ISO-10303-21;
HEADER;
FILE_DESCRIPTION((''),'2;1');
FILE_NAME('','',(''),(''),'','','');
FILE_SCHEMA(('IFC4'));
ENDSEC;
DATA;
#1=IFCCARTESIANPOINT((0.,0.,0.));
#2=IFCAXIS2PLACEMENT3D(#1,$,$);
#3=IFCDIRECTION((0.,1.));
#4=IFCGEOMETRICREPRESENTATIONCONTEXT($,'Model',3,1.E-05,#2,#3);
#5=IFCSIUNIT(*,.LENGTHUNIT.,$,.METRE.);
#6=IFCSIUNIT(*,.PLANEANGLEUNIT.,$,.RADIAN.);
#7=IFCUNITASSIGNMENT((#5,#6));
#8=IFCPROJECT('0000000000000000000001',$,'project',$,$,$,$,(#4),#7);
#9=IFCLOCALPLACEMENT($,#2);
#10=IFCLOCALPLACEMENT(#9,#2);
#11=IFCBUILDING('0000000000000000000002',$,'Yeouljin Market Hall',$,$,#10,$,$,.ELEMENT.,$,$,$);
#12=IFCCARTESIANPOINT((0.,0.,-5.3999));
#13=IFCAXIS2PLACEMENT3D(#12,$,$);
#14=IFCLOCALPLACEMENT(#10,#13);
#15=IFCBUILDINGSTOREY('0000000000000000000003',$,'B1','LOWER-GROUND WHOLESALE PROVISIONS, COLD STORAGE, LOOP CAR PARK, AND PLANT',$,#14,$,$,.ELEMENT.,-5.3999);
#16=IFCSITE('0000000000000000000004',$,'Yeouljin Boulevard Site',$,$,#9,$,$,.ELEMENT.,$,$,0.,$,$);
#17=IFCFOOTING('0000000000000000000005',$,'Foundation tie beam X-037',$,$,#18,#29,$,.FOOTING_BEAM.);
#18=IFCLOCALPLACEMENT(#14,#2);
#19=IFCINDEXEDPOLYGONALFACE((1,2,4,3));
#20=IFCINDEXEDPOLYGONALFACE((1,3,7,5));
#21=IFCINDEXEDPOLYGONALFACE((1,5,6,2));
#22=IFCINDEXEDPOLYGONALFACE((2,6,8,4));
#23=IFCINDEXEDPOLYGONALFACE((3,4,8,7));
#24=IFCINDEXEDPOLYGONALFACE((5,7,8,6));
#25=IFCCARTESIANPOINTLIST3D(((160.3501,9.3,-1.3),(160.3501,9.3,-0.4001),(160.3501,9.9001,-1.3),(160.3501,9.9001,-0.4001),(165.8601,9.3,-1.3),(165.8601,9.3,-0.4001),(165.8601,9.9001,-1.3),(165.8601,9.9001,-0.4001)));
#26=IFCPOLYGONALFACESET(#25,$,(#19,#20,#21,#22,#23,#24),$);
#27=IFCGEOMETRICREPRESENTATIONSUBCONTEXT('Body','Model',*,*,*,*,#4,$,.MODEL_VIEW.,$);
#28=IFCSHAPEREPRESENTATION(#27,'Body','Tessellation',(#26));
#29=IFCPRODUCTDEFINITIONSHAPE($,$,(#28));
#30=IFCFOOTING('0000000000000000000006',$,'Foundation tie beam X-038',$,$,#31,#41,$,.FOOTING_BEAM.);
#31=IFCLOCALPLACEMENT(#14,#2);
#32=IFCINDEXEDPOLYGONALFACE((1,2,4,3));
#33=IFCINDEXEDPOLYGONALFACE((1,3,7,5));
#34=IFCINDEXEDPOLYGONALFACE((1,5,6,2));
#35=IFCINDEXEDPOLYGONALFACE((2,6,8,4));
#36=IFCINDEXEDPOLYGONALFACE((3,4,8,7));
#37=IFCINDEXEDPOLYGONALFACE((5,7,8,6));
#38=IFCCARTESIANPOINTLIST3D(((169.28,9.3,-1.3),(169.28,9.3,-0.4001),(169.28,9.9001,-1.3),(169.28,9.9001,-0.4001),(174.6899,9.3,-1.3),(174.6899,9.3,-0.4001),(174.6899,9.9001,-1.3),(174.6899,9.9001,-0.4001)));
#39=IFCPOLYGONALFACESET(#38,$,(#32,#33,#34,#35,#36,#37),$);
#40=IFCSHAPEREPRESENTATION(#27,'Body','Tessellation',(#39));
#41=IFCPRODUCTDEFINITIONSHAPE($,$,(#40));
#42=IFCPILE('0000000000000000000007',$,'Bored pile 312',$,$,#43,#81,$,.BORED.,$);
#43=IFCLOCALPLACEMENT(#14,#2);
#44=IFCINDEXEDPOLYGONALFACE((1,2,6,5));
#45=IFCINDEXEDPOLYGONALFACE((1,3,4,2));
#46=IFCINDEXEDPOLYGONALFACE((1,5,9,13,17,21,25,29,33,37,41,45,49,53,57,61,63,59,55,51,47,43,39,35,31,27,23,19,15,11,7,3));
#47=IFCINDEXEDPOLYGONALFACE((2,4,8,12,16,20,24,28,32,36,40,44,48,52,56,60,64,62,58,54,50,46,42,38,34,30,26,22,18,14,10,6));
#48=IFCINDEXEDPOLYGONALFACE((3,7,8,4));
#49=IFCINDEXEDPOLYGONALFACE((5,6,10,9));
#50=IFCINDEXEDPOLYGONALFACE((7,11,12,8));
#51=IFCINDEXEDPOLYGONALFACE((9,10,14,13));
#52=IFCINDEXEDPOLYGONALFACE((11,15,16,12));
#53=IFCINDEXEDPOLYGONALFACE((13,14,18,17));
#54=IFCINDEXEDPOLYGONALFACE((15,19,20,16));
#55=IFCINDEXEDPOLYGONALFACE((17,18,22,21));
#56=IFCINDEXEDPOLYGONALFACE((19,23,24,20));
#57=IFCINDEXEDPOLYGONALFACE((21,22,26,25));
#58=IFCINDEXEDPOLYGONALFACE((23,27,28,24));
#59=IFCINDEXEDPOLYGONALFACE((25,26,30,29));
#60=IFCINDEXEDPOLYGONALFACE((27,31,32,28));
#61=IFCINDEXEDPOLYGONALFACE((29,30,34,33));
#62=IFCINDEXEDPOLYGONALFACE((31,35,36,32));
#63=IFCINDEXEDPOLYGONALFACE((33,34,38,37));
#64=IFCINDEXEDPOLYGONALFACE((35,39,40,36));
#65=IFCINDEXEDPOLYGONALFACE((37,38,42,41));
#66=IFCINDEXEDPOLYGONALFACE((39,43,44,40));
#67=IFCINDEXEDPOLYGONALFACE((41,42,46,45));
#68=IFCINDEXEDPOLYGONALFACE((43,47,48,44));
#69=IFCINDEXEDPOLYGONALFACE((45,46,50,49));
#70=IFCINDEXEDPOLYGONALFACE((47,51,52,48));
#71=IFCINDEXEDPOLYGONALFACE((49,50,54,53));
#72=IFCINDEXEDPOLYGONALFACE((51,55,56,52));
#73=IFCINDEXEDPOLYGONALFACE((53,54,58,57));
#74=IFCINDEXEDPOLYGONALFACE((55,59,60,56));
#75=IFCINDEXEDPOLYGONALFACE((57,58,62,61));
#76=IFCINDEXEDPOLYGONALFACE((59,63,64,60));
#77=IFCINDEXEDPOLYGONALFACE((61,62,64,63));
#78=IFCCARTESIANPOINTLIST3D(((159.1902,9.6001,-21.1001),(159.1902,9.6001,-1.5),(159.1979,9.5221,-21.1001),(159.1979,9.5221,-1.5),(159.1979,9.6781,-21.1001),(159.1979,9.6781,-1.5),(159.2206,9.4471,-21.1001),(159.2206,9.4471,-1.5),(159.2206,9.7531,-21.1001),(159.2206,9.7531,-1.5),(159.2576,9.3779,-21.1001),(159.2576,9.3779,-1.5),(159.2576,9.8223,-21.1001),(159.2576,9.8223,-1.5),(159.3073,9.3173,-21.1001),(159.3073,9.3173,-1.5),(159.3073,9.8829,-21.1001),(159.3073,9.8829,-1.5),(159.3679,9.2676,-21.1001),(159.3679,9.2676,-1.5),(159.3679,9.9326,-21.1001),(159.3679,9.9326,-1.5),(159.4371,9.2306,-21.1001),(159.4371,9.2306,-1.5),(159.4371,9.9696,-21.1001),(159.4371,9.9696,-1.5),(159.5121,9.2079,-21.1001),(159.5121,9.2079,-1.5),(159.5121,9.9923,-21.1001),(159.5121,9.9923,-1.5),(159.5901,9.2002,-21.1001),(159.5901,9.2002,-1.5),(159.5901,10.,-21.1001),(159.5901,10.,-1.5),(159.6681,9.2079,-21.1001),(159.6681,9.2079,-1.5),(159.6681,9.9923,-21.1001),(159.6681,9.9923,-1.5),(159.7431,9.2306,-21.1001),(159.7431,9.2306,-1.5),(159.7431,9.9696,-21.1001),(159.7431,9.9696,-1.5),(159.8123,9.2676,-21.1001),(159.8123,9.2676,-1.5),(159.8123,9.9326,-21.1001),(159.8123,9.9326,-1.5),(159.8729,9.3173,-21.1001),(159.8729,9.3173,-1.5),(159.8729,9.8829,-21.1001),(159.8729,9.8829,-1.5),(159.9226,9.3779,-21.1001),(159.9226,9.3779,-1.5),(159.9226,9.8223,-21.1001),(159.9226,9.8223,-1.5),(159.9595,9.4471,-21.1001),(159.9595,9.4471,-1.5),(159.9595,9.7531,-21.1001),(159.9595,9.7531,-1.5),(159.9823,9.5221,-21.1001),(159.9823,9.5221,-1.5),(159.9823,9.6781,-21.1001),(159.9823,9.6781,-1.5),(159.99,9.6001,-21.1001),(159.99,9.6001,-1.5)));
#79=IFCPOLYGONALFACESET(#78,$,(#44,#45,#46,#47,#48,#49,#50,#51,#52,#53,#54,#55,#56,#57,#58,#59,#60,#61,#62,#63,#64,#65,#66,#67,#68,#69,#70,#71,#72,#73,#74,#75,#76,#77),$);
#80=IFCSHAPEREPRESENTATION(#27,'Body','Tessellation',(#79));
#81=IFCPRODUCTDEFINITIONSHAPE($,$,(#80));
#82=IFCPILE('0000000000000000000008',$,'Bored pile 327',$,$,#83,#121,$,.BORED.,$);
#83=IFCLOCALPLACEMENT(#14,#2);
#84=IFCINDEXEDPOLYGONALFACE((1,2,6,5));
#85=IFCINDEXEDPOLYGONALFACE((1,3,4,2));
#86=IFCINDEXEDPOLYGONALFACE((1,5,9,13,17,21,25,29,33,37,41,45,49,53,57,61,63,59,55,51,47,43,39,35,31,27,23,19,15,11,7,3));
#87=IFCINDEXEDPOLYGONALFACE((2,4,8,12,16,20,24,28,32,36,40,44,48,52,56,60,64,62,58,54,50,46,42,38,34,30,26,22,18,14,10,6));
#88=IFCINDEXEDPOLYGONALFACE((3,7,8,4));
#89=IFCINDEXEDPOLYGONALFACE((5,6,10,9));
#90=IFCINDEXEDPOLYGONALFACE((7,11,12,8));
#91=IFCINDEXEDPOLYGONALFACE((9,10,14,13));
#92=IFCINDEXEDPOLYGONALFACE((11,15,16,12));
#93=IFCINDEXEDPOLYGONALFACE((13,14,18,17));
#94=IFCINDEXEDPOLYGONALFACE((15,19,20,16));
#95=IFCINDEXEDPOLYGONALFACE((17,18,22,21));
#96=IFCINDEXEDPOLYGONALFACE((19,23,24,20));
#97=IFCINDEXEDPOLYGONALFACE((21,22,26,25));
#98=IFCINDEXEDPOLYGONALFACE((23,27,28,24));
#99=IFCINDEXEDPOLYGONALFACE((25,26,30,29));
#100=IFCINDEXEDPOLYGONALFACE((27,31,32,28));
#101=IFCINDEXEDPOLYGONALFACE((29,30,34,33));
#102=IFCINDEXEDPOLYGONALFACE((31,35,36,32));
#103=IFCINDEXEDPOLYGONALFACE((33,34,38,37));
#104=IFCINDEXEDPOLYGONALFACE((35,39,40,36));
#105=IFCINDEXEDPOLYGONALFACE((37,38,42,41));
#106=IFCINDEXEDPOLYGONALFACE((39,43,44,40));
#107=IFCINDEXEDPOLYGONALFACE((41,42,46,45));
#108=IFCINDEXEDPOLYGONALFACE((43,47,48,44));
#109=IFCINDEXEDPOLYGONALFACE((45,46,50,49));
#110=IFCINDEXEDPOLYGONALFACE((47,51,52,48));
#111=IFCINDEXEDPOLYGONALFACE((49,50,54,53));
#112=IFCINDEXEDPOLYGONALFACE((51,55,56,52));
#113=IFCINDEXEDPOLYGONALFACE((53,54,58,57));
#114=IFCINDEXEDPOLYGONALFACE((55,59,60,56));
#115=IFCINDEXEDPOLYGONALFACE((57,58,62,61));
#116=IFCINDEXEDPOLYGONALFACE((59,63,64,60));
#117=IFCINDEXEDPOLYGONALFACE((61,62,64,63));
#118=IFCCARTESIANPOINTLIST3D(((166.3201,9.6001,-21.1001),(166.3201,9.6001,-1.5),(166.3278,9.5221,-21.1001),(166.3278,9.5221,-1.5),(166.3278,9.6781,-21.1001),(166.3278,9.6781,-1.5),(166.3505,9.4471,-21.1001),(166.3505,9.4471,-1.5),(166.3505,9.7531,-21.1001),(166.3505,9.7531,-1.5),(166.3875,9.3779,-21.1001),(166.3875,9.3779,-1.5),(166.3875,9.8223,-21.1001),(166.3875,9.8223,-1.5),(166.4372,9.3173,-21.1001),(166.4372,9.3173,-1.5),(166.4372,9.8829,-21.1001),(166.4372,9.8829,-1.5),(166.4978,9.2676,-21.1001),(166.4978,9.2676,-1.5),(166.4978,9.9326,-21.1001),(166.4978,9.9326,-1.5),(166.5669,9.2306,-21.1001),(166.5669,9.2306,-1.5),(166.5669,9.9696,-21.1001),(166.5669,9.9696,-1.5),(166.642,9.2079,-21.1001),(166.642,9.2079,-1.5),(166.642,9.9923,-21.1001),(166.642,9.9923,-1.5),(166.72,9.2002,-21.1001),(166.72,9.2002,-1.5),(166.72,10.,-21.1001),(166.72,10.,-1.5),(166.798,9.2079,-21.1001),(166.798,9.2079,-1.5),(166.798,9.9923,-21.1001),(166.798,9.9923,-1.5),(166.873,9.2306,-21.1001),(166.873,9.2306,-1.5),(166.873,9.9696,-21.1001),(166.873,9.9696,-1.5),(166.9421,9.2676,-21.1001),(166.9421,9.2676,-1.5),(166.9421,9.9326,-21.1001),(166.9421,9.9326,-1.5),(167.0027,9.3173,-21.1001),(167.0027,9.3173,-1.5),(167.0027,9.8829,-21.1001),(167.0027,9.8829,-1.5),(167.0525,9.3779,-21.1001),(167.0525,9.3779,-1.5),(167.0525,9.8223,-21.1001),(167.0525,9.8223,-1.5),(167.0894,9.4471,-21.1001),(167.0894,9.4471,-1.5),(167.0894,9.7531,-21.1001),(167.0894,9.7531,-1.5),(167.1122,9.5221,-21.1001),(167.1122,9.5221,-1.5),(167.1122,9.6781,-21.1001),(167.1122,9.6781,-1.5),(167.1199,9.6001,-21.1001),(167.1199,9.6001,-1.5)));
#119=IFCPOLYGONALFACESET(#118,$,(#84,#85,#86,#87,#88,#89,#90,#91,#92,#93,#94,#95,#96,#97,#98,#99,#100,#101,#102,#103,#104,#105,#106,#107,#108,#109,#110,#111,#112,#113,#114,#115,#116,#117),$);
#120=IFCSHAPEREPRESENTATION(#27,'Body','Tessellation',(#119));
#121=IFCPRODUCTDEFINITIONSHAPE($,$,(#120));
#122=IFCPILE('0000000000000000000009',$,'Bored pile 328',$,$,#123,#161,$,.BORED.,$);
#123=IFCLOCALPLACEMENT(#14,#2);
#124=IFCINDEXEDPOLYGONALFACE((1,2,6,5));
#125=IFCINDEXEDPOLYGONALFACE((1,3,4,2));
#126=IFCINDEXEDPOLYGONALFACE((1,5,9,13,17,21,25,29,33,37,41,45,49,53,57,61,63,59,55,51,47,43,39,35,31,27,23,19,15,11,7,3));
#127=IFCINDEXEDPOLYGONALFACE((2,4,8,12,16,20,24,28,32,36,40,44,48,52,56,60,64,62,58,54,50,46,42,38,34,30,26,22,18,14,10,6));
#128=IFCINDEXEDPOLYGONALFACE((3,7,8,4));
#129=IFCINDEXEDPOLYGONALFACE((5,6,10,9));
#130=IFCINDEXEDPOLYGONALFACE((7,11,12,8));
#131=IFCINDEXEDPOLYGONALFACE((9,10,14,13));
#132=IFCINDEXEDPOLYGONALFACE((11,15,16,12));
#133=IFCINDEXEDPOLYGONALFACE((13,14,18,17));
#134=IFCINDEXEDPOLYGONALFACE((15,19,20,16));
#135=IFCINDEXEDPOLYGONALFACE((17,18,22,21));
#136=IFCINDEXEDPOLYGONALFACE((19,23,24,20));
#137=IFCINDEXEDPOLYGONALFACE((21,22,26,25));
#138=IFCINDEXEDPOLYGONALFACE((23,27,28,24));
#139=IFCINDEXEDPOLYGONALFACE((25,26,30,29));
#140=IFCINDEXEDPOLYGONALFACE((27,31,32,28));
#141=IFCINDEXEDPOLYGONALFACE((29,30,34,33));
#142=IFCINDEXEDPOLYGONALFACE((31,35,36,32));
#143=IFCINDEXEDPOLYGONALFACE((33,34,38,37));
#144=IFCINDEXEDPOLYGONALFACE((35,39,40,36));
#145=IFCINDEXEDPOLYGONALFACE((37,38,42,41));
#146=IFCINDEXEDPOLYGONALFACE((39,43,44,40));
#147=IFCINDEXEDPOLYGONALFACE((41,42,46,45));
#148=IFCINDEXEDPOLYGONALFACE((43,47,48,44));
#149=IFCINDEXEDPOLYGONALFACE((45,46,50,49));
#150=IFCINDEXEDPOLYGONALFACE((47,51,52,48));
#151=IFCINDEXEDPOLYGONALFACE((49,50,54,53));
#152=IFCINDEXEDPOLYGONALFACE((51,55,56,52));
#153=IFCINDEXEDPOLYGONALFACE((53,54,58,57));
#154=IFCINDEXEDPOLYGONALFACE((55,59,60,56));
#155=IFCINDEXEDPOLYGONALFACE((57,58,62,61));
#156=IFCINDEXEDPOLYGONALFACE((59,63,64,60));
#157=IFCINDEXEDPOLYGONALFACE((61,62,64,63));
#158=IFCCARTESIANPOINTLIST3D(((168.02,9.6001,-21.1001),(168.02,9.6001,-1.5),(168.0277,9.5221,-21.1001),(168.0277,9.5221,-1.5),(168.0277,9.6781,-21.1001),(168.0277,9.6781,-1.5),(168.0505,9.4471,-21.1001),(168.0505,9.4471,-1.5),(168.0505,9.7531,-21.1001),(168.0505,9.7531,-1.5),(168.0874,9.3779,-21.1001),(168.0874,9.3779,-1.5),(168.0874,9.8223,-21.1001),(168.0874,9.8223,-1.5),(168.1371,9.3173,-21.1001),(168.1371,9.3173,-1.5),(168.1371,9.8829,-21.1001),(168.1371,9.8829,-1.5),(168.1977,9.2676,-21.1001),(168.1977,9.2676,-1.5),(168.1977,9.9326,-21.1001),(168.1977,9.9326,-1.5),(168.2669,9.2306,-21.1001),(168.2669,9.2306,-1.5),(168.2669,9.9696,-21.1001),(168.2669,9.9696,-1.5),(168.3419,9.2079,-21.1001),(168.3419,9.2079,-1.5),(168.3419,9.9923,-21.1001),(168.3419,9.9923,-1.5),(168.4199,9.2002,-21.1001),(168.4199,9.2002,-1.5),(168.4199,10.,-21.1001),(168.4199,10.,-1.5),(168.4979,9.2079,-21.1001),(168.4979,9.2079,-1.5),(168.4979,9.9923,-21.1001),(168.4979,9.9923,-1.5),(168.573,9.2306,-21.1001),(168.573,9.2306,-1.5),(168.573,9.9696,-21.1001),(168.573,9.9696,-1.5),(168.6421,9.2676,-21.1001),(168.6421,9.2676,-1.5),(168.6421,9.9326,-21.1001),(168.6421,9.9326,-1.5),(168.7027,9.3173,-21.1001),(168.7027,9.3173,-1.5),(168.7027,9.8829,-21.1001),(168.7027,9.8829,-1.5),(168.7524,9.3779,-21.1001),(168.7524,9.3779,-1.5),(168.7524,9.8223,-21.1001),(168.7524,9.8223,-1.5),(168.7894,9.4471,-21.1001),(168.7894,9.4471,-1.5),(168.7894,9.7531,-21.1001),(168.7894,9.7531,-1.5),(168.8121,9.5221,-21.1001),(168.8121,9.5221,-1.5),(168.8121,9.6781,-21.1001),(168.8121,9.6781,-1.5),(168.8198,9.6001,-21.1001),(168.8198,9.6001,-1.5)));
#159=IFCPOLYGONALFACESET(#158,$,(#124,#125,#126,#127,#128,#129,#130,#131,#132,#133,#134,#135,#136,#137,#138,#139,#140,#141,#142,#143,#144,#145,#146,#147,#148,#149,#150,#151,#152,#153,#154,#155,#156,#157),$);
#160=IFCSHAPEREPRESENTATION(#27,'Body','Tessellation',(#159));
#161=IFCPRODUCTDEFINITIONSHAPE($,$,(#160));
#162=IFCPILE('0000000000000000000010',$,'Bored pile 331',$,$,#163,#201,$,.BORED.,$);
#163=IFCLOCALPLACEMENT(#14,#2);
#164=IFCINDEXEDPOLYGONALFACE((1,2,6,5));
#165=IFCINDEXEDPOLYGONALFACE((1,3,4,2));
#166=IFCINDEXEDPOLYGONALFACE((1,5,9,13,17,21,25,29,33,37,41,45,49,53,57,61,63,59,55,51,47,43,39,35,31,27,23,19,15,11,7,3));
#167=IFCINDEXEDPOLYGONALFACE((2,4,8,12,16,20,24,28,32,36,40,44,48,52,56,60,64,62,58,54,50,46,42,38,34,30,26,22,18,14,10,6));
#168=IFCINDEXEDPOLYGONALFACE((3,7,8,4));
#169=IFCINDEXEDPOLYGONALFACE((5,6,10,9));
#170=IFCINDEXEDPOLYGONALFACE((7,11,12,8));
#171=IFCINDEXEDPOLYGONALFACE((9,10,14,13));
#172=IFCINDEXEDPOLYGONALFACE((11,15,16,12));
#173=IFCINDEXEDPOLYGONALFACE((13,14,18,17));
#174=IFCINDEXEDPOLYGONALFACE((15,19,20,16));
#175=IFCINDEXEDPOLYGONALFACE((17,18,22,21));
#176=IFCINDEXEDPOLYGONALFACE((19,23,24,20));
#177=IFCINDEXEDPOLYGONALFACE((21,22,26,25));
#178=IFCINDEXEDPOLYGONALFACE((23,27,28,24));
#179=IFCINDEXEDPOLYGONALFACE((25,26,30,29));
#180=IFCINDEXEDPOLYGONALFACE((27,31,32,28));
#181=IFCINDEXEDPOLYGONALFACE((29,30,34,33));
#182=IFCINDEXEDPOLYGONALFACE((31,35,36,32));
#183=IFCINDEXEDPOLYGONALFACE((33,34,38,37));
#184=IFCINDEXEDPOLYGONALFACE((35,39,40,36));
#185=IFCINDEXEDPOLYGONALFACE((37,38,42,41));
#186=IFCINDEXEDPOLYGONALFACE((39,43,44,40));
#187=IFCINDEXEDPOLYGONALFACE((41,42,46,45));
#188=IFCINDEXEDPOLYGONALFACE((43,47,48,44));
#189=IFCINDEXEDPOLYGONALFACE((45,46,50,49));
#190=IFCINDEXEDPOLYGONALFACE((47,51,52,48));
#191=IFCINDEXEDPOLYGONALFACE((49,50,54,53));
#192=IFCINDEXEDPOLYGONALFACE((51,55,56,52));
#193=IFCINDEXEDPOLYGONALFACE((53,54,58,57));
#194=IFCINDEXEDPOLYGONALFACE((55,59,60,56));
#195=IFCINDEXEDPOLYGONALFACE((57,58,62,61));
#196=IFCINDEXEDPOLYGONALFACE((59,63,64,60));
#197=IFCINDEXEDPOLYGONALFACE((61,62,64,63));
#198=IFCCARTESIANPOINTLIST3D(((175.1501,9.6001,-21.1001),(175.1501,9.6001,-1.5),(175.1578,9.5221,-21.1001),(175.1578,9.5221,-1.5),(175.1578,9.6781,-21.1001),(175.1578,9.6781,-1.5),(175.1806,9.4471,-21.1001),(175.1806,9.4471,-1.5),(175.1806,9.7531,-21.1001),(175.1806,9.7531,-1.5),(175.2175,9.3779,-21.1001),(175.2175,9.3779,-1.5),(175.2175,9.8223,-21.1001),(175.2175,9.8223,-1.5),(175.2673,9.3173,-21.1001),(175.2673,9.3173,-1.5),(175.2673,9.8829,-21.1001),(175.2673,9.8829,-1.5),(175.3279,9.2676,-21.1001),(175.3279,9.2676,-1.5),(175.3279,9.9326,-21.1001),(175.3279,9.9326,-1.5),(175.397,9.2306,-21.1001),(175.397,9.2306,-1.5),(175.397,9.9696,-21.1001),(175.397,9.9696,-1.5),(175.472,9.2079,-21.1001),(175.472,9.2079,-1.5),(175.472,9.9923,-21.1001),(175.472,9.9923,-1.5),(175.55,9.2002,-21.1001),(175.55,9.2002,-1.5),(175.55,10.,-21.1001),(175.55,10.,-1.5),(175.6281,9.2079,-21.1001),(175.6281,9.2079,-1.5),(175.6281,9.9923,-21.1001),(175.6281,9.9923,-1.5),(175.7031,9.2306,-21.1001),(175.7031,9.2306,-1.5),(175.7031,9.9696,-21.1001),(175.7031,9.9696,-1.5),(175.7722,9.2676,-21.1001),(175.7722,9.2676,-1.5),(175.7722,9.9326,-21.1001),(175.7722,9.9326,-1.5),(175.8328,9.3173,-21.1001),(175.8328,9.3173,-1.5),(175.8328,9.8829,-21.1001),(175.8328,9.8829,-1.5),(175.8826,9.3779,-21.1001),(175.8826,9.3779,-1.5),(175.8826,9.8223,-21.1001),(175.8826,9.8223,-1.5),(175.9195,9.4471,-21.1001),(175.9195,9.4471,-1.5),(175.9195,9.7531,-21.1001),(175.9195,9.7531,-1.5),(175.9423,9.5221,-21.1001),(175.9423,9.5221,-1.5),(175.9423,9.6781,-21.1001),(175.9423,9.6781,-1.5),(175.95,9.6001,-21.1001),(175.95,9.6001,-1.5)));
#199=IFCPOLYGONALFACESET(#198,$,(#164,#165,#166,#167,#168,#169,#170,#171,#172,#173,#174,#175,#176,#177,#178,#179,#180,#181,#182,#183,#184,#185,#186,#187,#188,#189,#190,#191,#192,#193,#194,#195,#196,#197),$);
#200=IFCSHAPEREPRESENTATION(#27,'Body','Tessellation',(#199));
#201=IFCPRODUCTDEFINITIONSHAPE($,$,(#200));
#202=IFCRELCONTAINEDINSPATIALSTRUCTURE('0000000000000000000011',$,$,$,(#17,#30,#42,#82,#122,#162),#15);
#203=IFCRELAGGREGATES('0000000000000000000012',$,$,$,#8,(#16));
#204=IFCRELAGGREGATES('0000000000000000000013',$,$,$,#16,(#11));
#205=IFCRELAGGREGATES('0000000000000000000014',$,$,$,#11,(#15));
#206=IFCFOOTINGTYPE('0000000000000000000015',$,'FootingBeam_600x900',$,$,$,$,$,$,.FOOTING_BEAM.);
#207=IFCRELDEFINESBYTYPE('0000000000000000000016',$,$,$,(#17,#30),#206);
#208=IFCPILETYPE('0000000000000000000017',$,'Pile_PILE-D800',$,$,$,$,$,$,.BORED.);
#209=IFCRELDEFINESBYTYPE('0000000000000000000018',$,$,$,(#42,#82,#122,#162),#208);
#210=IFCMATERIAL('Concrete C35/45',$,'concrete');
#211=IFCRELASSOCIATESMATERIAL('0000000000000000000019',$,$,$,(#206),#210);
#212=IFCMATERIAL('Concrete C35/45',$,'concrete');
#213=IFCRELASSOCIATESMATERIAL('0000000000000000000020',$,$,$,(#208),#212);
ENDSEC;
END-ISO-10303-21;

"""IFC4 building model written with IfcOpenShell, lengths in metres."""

from ifc_helpers import new_model, si_unit, direction, frame, origin, origin_2d, place, context, subcontext, project, spatial, rectangle, circle, extrude, material, material_profile, profile_set, type_object, element, save


model = new_model("IFC4")

# Units and contexts
model_context = context("Model", 3, precision=1e-05, world=origin(), true_north=direction((0.0, 1.0)))
body_context = subcontext(model_context, "Body", "Model", "MODEL_VIEW")
ifc_project = project(units=[si_unit("LENGTHUNIT", "METRE"), si_unit("PLANEANGLEUNIT", "RADIAN")], contexts=[model_context])

# Site, building, storey
site_placement = place(None, origin())
site = spatial("IfcSite", under=ifc_project, at=site_placement, Name="Yeouljin Boulevard Site", CompositionType="ELEMENT", RefElevation=0.0)
building_placement = place(site_placement, origin())
building = spatial("IfcBuilding", under=site, at=building_placement, Name="Yeouljin Market Hall", CompositionType="ELEMENT")
storey_placement = place(building_placement, frame((0.0, 0.0, -5.3999)))
storey = spatial("IfcBuildingStorey", under=building, at=storey_placement, Name="B1", Description="LOWER-GROUND WHOLESALE PROVISIONS, COLD STORAGE, LOOP CAR PARK, AND PLANT", CompositionType="ELEMENT", Elevation=-5.3999)

# Footings
ifc_material_1 = material(Name="Concrete C35/45", Category="concrete")
ifc_material_profile_1 = material_profile(ifc_material_1, rectangle(XDim=0.6001, YDim=0.8999, at=origin_2d()), Name="RC-600x900")
ifc_profile_set_1 = profile_set([ifc_material_profile_1], Name="Concrete C35/45")
footing_type_1 = type_object("IfcFootingType", Name="FootingBeam_600x900", PredefinedType="FOOTING_BEAM", material=ifc_profile_set_1)
footing_1_placement = place(storey_placement, frame((160.3501, 9.6001, -0.8501), z_axis=(1.0, 0.0, 0.0), x_axis=(0.0, 1.0, 0.0)))
element("IfcFooting", 1, at=footing_1_placement, inside=storey, type_object=footing_type_1, Name="Foundation tie beam X-037", PredefinedType="FOOTING_BEAM", context=body_context, shape_type="SweptSolid", body=[
    extrude(rectangle(XDim=0.6001, YDim=0.8999, at=origin_2d()), origin(), (0.0, 0.0, 1.0), 5.51),
])
footing_2_placement = place(storey_placement, frame((169.28, 9.6001, -0.8501), z_axis=(1.0, 0.0, 0.0), x_axis=(0.0, 1.0, 0.0)))
element("IfcFooting", 2, at=footing_2_placement, inside=storey, type_object=footing_type_1, Name="Foundation tie beam X-038", PredefinedType="FOOTING_BEAM", context=body_context, shape_type="SweptSolid", body=[
    extrude(rectangle(XDim=0.6001, YDim=0.8999, at=origin_2d()), origin(), (0.0, 0.0, 1.0), 5.4099),
])

# Piles
ifc_material_2 = material(Name="Concrete C35/45", Category="concrete")
ifc_material_profile_2 = material_profile(ifc_material_2, circle(Radius=0.3999, at=origin_2d()), Name="PILE-D800")
ifc_profile_set_2 = profile_set([ifc_material_profile_2], Name="Concrete C35/45")
pile_type = type_object("IfcPileType", Name="Pile_PILE-D800", PredefinedType="BORED", material=ifc_profile_set_2)
for number, where, z_axis, x_axis, name in (
    (3, (159.5901, 9.6001, -1.5), (0.0, 0.0, -1.0), (1.0, 0.0, 0.0), "Bored pile 312"),
    (4, (166.72, 9.6001, -1.5), (0.0, 0.0, -1.0), (1.0, 0.0, 0.0), "Bored pile 327"),
    (5, (168.4199, 9.6001, -1.5), (0.0, 0.0, -1.0), (1.0, 0.0, 0.0), "Bored pile 328"),
    (6, (175.55, 9.6001, -1.5), (0.0, 0.0, -1.0), (1.0, 0.0, 0.0), "Bored pile 331"),
):
    element("IfcPile", number, at=place(storey_placement, frame(where, z_axis=z_axis, x_axis=x_axis)), inside=storey, type_object=pile_type, Name=name, PredefinedType="BORED", context=body_context, shape_type="SweptSolid", body=[
        extrude(circle(Radius=0.3999, at=origin_2d()), origin(), (0.0, 0.0, 1.0), 19.6001),
    ])

save(model, "model.ifc")
